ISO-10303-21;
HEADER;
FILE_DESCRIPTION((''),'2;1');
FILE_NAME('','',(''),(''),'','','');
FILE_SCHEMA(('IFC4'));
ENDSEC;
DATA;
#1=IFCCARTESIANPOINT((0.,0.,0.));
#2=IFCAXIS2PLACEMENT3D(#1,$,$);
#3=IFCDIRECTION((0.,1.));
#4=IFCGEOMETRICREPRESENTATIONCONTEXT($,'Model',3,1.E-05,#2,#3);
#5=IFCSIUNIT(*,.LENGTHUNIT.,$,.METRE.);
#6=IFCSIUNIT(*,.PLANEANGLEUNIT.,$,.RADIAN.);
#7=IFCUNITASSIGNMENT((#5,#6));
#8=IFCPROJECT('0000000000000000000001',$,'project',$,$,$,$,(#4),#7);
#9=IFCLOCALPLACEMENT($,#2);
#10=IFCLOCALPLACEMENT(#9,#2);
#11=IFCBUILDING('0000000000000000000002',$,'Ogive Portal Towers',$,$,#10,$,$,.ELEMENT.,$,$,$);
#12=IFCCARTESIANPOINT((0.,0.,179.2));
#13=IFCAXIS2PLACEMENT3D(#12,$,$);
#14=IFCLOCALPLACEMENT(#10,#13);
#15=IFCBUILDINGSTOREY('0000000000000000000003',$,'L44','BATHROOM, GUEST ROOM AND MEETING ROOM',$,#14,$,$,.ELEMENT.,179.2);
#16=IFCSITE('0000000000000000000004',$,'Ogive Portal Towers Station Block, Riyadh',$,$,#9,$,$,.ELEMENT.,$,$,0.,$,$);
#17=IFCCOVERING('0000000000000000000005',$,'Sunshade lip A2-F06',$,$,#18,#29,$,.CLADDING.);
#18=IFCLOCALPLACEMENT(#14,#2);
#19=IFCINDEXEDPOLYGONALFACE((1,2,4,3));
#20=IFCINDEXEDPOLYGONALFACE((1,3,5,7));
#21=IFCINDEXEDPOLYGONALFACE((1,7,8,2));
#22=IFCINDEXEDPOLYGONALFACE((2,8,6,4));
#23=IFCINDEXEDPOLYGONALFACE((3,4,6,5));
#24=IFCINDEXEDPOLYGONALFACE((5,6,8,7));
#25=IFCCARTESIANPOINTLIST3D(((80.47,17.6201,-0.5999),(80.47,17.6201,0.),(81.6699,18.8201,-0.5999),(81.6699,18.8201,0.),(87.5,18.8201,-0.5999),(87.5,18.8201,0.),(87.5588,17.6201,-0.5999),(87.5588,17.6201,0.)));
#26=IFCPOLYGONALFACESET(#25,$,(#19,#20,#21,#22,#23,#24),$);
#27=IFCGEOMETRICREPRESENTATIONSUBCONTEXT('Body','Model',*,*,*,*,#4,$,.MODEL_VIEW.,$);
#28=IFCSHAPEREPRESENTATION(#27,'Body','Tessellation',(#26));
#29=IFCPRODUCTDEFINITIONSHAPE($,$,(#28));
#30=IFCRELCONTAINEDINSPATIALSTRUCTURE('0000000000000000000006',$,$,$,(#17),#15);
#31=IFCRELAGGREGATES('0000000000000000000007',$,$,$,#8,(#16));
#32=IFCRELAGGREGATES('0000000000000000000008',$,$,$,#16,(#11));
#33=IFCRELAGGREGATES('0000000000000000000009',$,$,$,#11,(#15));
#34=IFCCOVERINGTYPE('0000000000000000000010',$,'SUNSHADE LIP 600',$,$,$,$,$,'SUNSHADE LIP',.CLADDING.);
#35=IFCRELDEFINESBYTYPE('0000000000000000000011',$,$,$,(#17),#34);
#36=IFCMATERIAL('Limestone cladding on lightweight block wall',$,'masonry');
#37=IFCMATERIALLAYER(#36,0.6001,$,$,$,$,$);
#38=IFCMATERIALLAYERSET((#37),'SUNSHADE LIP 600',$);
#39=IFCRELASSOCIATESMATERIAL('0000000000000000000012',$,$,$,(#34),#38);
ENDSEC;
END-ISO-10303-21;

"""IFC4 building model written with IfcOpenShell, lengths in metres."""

from ifc_helpers import new_model, si_unit, direction, frame, origin, place, context, subcontext, project, spatial, polyline, outline, extrude, material, layer, layer_set, type_object, element, save


model = new_model("IFC4")

# Units and contexts
model_context = context("Model", 3, precision=1e-05, world=origin(), true_north=direction((0.0, 1.0)))
body_context = subcontext(model_context, "Body", "Model", "MODEL_VIEW")
ifc_project = project(units=[si_unit("LENGTHUNIT", "METRE"), si_unit("PLANEANGLEUNIT", "RADIAN")], contexts=[model_context])

# Site, building, storey
site_placement = place(None, origin())
site = spatial("IfcSite", under=ifc_project, at=site_placement, Name="Ogive Portal Towers Station Block, Riyadh", CompositionType="ELEMENT", RefElevation=0.0)
building_placement = place(site_placement, origin())
building = spatial("IfcBuilding", under=site, at=building_placement, Name="Ogive Portal Towers", CompositionType="ELEMENT")
storey_placement = place(building_placement, frame((0.0, 0.0, 179.2)))
storey = spatial("IfcBuildingStorey", under=building, at=storey_placement, Name="L44", Description="BATHROOM, GUEST ROOM AND MEETING ROOM", CompositionType="ELEMENT", Elevation=179.2)

# Covering
ifc_material_1 = material(Name="Limestone cladding on lightweight block wall", Category="masonry")
ifc_layer_1 = layer(ifc_material_1, 0.6001)
ifc_layer_set_1 = layer_set([ifc_layer_1], Name="SUNSHADE LIP 600")
covering_type_1 = type_object("IfcCoveringType", Name="SUNSHADE LIP 600", ElementType="SUNSHADE LIP", PredefinedType="CLADDING", material=ifc_layer_set_1)
covering_1_placement = place(storey_placement, frame((0.0, 0.0, -0.5999)))
element("IfcCovering", 1, at=covering_1_placement, inside=storey, type_object=covering_type_1, Name="Sunshade lip A2-F06", PredefinedType="CLADDING", context=body_context, shape_type="SweptSolid", body=[
    extrude(outline(polyline([(81.6699, 18.8201), (87.5, 18.8201), (87.5588, 17.6201), (80.47, 17.6201), (81.6699, 18.8201)])), origin(), (0.0, 0.0, 1.0), 0.5999),
])

save(model, "model.ifc")
